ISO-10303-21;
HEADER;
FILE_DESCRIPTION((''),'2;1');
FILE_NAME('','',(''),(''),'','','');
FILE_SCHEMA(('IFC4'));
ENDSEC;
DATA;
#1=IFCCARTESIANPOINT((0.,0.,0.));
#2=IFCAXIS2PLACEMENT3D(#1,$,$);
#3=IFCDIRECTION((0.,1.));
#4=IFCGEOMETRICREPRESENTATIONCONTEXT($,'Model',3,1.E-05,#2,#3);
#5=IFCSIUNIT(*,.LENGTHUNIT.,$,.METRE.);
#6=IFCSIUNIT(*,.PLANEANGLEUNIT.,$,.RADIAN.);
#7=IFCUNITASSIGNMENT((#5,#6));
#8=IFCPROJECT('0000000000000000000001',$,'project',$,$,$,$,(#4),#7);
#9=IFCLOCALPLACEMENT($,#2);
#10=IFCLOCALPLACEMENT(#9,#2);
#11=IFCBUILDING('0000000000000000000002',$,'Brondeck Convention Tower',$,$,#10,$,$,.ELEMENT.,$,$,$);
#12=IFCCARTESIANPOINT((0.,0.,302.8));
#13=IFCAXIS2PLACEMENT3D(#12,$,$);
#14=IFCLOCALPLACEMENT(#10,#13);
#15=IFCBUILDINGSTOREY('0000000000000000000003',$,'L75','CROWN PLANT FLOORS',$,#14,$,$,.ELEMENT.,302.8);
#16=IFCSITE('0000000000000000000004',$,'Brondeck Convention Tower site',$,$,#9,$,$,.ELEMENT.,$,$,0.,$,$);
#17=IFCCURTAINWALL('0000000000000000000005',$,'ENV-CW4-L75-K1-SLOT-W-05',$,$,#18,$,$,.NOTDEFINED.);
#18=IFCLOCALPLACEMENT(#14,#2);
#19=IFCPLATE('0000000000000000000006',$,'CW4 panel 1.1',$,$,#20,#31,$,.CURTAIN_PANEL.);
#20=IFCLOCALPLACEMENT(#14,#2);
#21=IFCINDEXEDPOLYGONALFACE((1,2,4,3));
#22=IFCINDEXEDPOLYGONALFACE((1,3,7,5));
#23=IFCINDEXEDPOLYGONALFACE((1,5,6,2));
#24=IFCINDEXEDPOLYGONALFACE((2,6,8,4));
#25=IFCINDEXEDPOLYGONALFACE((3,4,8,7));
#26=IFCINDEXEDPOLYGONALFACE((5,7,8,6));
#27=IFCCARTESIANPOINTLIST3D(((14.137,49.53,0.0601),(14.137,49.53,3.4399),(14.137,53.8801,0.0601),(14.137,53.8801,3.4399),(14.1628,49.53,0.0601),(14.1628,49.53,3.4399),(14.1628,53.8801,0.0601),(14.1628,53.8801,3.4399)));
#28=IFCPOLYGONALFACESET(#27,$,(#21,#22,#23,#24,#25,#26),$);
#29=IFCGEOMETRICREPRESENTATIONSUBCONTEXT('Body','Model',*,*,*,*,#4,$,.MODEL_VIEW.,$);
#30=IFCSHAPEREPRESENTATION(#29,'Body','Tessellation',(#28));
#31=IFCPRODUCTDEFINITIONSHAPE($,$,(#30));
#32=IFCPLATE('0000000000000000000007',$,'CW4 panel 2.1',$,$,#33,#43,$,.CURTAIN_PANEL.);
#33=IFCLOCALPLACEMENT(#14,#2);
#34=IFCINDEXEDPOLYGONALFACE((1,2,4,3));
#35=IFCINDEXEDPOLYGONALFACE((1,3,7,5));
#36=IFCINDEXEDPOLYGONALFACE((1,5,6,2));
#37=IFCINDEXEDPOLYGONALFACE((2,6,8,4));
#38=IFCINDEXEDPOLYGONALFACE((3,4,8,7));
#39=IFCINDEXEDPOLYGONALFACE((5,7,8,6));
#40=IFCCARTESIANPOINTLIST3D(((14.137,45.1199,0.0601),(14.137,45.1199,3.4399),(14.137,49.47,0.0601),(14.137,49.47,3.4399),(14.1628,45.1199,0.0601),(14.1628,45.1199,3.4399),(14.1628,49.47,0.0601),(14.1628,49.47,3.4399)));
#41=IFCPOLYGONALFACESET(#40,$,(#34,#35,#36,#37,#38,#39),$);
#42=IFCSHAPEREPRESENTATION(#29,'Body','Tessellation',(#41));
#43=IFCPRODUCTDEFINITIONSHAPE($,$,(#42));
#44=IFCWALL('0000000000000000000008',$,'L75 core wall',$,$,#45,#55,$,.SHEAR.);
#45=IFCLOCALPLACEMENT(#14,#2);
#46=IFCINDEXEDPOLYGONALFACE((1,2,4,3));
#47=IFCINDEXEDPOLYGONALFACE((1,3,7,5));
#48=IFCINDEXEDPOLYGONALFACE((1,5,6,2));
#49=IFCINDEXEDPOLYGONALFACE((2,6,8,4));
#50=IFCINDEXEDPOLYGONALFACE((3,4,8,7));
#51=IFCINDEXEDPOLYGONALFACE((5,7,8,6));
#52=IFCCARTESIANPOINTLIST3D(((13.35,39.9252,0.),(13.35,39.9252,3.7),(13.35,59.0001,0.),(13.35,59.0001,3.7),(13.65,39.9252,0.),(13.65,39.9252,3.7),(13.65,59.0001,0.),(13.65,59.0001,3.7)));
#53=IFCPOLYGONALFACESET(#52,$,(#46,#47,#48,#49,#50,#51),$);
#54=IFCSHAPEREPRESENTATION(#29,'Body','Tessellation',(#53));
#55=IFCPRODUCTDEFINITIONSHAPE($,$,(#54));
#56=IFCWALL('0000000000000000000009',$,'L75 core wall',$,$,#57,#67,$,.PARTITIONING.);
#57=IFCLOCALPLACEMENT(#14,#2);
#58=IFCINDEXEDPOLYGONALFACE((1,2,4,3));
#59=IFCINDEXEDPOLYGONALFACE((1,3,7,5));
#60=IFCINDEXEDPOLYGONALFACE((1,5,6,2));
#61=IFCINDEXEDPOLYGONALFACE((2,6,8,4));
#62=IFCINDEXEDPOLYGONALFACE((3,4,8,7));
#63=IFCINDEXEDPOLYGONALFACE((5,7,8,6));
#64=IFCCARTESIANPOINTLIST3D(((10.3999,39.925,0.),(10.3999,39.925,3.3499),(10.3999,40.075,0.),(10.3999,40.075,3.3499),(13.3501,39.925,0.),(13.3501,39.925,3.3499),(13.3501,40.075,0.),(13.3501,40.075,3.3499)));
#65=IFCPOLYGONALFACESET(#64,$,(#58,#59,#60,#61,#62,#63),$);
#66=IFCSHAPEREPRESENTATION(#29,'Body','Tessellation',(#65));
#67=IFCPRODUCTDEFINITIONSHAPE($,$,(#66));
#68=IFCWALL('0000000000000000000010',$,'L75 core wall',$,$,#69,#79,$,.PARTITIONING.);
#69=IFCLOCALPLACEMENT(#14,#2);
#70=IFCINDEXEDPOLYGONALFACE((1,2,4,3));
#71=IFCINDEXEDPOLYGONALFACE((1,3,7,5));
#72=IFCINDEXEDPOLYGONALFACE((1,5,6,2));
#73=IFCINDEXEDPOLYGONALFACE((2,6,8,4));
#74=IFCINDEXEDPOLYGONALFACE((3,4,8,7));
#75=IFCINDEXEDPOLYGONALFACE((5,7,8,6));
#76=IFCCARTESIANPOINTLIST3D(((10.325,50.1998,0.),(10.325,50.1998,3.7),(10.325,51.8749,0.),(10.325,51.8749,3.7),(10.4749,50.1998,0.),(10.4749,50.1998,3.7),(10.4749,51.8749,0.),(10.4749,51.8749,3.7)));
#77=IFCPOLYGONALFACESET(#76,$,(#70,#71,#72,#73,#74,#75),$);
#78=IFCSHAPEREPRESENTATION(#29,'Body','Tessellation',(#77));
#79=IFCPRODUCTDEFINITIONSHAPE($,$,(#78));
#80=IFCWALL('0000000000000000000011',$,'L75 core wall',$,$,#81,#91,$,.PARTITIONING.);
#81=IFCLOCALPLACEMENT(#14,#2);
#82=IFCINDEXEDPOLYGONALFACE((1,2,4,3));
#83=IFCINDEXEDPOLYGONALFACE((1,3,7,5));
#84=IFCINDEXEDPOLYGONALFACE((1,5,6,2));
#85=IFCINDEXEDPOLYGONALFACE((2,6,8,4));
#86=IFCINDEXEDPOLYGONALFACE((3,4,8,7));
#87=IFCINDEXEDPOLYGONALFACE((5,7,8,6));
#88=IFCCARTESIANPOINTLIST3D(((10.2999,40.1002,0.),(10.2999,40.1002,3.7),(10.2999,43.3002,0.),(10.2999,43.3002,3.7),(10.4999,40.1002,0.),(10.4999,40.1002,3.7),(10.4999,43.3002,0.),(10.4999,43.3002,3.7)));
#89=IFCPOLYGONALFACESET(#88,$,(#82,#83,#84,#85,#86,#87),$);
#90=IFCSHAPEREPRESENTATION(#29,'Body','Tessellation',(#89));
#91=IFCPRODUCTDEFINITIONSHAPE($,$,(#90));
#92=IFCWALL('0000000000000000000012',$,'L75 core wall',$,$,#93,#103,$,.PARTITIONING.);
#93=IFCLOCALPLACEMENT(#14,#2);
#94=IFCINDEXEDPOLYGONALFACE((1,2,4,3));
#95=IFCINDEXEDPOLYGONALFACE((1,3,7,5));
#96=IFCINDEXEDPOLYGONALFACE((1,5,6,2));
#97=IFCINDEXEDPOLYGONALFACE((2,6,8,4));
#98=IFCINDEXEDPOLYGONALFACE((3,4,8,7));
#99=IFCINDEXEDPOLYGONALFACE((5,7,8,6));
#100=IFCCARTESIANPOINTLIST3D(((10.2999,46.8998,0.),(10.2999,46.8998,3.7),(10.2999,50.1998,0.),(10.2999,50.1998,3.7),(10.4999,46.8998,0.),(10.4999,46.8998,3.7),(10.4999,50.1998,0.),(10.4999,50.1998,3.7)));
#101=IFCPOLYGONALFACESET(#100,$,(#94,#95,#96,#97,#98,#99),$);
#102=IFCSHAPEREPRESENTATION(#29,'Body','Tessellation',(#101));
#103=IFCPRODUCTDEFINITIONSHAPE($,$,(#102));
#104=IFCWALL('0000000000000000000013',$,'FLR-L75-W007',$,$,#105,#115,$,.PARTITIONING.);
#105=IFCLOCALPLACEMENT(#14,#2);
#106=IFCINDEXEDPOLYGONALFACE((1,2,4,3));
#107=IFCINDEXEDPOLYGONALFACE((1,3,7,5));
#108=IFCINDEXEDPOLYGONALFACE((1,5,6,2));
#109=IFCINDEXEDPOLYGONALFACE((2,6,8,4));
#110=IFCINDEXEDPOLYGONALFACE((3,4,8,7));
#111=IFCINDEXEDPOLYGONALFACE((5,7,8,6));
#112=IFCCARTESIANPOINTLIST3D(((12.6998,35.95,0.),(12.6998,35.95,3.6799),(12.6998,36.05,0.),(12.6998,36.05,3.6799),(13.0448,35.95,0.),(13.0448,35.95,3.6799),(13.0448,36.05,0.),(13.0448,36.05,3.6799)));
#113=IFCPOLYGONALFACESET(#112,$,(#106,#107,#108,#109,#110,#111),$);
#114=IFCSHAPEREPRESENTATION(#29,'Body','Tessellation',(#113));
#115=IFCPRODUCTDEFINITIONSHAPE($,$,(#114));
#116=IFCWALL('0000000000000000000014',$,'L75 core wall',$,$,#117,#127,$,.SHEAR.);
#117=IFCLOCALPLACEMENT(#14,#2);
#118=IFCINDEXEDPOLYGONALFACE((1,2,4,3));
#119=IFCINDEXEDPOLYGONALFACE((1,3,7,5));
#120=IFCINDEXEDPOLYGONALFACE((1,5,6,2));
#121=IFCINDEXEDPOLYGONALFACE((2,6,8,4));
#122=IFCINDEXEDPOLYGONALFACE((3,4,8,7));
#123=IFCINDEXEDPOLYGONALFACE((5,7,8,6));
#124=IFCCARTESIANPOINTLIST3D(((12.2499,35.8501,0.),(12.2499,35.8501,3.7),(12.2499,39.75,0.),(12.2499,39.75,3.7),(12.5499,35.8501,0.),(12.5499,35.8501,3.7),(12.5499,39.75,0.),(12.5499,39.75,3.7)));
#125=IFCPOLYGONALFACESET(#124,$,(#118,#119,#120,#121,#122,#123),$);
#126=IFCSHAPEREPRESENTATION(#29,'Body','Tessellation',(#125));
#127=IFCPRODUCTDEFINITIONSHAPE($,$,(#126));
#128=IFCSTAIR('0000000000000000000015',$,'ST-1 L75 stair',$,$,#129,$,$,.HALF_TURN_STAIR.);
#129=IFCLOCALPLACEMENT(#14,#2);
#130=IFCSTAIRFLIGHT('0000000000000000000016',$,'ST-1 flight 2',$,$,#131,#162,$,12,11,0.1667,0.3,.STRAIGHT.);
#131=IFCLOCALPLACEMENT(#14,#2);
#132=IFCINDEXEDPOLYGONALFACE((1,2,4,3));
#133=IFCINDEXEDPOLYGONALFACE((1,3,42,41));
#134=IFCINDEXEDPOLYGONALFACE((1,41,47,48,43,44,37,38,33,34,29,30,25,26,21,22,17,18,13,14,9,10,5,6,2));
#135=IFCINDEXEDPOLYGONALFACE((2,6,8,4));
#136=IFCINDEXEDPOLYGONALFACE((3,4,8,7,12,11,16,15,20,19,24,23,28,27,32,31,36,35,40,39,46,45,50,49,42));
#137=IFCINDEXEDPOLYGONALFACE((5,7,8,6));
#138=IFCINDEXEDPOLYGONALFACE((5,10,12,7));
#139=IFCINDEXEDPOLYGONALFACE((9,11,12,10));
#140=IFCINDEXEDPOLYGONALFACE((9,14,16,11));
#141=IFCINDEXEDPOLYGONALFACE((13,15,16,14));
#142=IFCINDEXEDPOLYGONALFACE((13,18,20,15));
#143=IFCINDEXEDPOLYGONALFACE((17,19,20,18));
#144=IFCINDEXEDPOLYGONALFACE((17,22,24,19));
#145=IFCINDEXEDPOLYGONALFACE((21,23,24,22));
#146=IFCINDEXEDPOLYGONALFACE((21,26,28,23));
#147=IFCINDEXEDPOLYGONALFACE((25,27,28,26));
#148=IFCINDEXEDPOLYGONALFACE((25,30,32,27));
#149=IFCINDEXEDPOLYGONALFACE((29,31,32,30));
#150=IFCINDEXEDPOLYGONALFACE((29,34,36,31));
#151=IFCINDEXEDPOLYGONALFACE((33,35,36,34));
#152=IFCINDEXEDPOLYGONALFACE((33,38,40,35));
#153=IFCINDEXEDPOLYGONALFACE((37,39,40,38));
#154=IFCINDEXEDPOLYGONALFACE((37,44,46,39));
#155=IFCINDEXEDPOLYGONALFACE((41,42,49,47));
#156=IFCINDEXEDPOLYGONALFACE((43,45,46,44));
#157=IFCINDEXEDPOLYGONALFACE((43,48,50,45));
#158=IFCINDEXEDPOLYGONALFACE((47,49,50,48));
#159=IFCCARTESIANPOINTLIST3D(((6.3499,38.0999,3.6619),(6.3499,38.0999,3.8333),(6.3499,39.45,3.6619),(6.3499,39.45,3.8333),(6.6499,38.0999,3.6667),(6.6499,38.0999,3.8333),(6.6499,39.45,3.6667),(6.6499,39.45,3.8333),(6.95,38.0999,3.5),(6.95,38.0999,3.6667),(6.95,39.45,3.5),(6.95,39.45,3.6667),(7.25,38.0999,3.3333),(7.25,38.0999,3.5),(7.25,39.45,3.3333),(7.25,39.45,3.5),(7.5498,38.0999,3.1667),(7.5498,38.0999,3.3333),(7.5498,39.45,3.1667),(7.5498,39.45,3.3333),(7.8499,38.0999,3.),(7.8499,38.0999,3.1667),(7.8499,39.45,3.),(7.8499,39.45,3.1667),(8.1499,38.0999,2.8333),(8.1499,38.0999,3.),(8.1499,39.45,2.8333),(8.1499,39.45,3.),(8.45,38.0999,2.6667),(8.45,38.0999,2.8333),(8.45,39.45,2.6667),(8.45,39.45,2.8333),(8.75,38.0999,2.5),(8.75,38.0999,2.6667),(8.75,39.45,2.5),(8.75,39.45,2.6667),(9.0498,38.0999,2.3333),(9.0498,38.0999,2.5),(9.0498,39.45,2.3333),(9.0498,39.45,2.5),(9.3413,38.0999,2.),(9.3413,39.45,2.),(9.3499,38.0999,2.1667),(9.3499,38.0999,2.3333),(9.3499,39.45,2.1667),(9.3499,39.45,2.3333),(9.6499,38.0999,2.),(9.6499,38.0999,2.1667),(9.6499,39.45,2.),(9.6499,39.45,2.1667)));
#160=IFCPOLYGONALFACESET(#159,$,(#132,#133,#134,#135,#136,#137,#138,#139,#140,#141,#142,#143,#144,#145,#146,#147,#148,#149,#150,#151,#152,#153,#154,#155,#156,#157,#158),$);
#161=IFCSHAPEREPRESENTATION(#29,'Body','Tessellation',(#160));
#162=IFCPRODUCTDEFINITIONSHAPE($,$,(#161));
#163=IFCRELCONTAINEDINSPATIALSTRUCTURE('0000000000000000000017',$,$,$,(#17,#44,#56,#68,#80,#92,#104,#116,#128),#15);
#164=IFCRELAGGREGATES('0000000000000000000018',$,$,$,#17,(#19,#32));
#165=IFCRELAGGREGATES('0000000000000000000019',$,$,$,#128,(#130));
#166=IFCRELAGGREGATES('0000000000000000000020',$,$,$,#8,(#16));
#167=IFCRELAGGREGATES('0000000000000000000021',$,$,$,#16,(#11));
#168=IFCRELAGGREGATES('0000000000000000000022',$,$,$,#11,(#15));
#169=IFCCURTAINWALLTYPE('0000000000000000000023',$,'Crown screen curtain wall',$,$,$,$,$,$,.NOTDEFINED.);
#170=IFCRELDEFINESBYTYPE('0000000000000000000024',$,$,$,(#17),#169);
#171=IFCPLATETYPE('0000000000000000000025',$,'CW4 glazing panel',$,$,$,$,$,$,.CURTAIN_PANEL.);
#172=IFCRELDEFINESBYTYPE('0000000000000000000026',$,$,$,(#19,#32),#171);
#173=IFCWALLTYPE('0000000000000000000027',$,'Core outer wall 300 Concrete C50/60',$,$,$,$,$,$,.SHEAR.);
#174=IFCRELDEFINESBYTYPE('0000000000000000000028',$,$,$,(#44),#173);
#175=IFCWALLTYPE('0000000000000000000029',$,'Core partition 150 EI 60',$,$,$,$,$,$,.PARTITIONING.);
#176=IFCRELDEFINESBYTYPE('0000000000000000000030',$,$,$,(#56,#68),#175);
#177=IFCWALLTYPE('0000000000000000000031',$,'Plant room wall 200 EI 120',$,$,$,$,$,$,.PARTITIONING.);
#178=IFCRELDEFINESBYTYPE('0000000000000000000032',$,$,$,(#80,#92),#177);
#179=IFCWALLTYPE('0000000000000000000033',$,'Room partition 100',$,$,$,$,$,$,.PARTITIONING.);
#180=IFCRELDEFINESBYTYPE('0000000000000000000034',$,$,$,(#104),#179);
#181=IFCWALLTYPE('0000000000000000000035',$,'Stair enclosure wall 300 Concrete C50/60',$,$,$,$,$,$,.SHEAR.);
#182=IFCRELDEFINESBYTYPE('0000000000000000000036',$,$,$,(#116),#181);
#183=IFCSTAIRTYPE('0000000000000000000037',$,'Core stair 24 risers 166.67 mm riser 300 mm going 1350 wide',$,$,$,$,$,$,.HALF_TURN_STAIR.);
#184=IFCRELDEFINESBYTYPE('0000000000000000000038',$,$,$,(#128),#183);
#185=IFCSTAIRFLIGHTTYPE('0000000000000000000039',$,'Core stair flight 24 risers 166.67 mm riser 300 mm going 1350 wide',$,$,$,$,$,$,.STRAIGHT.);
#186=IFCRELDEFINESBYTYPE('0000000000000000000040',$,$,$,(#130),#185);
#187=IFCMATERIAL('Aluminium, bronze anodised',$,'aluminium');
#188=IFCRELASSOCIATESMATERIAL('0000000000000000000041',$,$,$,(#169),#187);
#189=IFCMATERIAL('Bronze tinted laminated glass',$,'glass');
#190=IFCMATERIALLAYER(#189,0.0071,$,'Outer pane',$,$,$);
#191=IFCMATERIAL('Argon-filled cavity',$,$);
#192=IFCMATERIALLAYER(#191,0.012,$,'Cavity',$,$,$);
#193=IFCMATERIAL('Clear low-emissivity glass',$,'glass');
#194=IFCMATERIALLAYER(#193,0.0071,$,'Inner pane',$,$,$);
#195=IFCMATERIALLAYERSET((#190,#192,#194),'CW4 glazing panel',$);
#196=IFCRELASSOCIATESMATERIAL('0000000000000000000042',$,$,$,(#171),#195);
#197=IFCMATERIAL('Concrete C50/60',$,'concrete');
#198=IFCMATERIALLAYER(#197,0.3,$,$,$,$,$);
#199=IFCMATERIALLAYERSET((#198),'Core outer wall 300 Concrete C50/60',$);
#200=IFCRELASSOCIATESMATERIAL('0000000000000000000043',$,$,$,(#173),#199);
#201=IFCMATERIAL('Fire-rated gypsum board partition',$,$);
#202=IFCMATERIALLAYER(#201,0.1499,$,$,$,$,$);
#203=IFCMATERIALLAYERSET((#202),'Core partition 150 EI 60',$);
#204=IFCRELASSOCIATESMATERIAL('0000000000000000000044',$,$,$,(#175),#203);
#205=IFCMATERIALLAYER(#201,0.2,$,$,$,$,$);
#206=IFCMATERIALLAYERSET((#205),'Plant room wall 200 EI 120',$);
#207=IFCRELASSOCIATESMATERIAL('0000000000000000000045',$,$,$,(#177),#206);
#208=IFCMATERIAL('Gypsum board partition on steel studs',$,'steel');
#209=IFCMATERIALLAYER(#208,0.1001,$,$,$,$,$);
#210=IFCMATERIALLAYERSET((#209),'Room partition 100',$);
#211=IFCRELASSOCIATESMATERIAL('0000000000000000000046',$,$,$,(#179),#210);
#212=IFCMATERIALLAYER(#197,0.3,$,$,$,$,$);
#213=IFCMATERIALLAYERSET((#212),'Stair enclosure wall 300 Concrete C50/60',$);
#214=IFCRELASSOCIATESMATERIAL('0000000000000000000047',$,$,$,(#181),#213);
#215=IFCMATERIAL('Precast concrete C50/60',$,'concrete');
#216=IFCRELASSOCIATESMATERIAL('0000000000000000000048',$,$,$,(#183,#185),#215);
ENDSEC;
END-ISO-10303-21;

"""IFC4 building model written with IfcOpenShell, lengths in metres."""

from ifc_helpers import new_model, si_unit, direction, frame, frame_2d, origin, origin_2d, place, context, subcontext, project, spatial, polyline, rectangle, outline, extrude, material, layer, layer_set, type_object, element, aggregate, save


model = new_model("IFC4")

# Units and contexts
model_context = context("Model", 3, precision=1e-05, world=origin(), true_north=direction((0.0, 1.0)))
body_context = subcontext(model_context, "Body", "Model", "MODEL_VIEW")
ifc_project = project(units=[si_unit("LENGTHUNIT", "METRE"), si_unit("PLANEANGLEUNIT", "RADIAN")], contexts=[model_context])

# Site, building, storey
site_placement = place(None, origin())
site = spatial("IfcSite", under=ifc_project, at=site_placement, Name="Brondeck Convention Tower site", CompositionType="ELEMENT", RefElevation=0.0)
building_placement = place(site_placement, origin())
building = spatial("IfcBuilding", under=site, at=building_placement, Name="Brondeck Convention Tower", CompositionType="ELEMENT")
storey_placement = place(building_placement, frame((0.0, 0.0, 302.8)))
storey = spatial("IfcBuildingStorey", under=building, at=storey_placement, Name="L75", Description="CROWN PLANT FLOORS", CompositionType="ELEMENT", Elevation=302.8)

# Shared definitions
ifc_material_1 = material(Name="Concrete C50/60", Category="concrete")

# Shared definitions
ifc_material_2 = material(Name="Aluminium, bronze anodised", Category="aluminium")
curtain_wall_type = type_object("IfcCurtainWallType", Name="Crown screen curtain wall", PredefinedType="NOTDEFINED", material=ifc_material_2)

# Curtain wall
curtain_wall_1_placement = place(storey_placement, origin())
curtain_wall_1 = element("IfcCurtainWall", 1, at=curtain_wall_1_placement, inside=storey, type_object=curtain_wall_type, Name="ENV-CW4-L75-K1-SLOT-W-05", PredefinedType="NOTDEFINED")

# Plates
ifc_material_3 = material(Name="Bronze tinted laminated glass", Category="glass")
ifc_layer_1 = layer(ifc_material_3, 0.0071, Name="Outer pane")
ifc_material_4 = material(Name="Argon-filled cavity")
ifc_layer_2 = layer(ifc_material_4, 0.012, Name="Cavity")
ifc_material_5 = material(Name="Clear low-emissivity glass", Category="glass")
ifc_layer_3 = layer(ifc_material_5, 0.0071, Name="Inner pane")
ifc_layer_set_1 = layer_set([ifc_layer_1, ifc_layer_2, ifc_layer_3], Name="CW4 glazing panel")
plate_type = type_object("IfcPlateType", Name="CW4 glazing panel", PredefinedType="CURTAIN_PANEL", material=ifc_layer_set_1)
plate_1_placement = place(storey_placement, frame((14.1499, 51.7051, 0.0601), z_axis=(0.0, 0.0, 1.0), x_axis=(0.0, -1.0, 0.0)))
plate_1 = element("IfcPlate", 2, at=plate_1_placement, type_object=plate_type, Name="CW4 panel 1.1", PredefinedType="CURTAIN_PANEL", context=body_context, shape_type="SweptSolid", body=[
    extrude(rectangle(XDim=4.3501, YDim=0.0259, at=origin_2d()), origin(), (0.0, 0.0, 1.0), 3.3799),
])
plate_2_placement = place(storey_placement, frame((14.1499, 47.2949, 0.0601), z_axis=(0.0, 0.0, 1.0), x_axis=(0.0, -1.0, 0.0)))
plate_2 = element("IfcPlate", 3, at=plate_2_placement, type_object=plate_type, Name="CW4 panel 2.1", PredefinedType="CURTAIN_PANEL", context=body_context, shape_type="SweptSolid", body=[
    extrude(rectangle(XDim=4.3501, YDim=0.0259, at=origin_2d()), origin(), (0.0, 0.0, 1.0), 3.3799),
])
aggregate(curtain_wall_1, [plate_1, plate_2])

# Walls
ifc_layer_4 = layer(ifc_material_1, 0.3)
ifc_layer_set_2 = layer_set([ifc_layer_4], Name="Core outer wall 300 Concrete C50/60")
wall_type_1 = type_object("IfcWallType", Name="Core outer wall 300 Concrete C50/60", PredefinedType="SHEAR", material=ifc_layer_set_2)
wall_1_placement = place(storey_placement, frame((13.5, 39.925, 0.0), z_axis=(0.0, 0.0, 1.0), x_axis=(0.0, 1.0, 0.0)))
element("IfcWall", 4, at=wall_1_placement, inside=storey, type_object=wall_type_1, Name="L75 core wall", PredefinedType="SHEAR", context=body_context, shape_type="SweptSolid", body=[
    extrude(rectangle(XDim=19.075, YDim=0.3, at=frame_2d((9.5376, 0.0))), origin(), (0.0, 0.0, 1.0), 3.7),
])
ifc_material_6 = material(Name="Fire-rated gypsum board partition")
ifc_layer_5 = layer(ifc_material_6, 0.1499)
ifc_layer_set_3 = layer_set([ifc_layer_5], Name="Core partition 150 EI 60")
wall_type_2 = type_object("IfcWallType", Name="Core partition 150 EI 60", PredefinedType="PARTITIONING", material=ifc_layer_set_3)
wall_2_placement = place(storey_placement, frame((10.3999, 40.0, 0.0), z_axis=(0.0, 0.0, 1.0), x_axis=(1.0, 0.0, 0.0)))
element("IfcWall", 5, at=wall_2_placement, inside=storey, type_object=wall_type_2, Name="L75 core wall", PredefinedType="PARTITIONING", context=body_context, shape_type="SweptSolid", body=[
    extrude(rectangle(XDim=2.9502, YDim=0.1499, at=frame_2d((1.4751, 0.0))), origin(), (0.0, 0.0, 1.0), 3.3499),
])
wall_3_placement = place(storey_placement, frame((10.3999, 50.2, 0.0), z_axis=(0.0, 0.0, 1.0), x_axis=(0.0, 1.0, 0.0)))
element("IfcWall", 6, at=wall_3_placement, inside=storey, type_object=wall_type_2, Name="L75 core wall", PredefinedType="PARTITIONING", context=body_context, shape_type="SweptSolid", body=[
    extrude(rectangle(XDim=1.675, YDim=0.1499, at=frame_2d((0.8374, 0.0))), origin(), (0.0, 0.0, 1.0), 3.7),
])
ifc_layer_6 = layer(ifc_material_6, 0.2)
ifc_layer_set_4 = layer_set([ifc_layer_6], Name="Plant room wall 200 EI 120")
wall_type_3 = type_object("IfcWallType", Name="Plant room wall 200 EI 120", PredefinedType="PARTITIONING", material=ifc_layer_set_4)
wall_4_placement = place(storey_placement, frame((10.3999, 40.1001, 0.0), z_axis=(0.0, 0.0, 1.0), x_axis=(0.0, 1.0, 0.0)))
element("IfcWall", 7, at=wall_4_placement, inside=storey, type_object=wall_type_3, Name="L75 core wall", PredefinedType="PARTITIONING", context=body_context, shape_type="SweptSolid", body=[
    extrude(rectangle(XDim=3.2, YDim=0.2, at=frame_2d((1.6001, 0.0))), origin(), (0.0, 0.0, 1.0), 3.7),
])
wall_5_placement = place(storey_placement, frame((10.3999, 46.8999, 0.0), z_axis=(0.0, 0.0, 1.0), x_axis=(0.0, 1.0, 0.0)))
element("IfcWall", 8, at=wall_5_placement, inside=storey, type_object=wall_type_3, Name="L75 core wall", PredefinedType="PARTITIONING", context=body_context, shape_type="SweptSolid", body=[
    extrude(rectangle(XDim=3.3, YDim=0.2, at=frame_2d((1.6499, 0.0))), origin(), (0.0, 0.0, 1.0), 3.7),
])
ifc_material_7 = material(Name="Gypsum board partition on steel studs", Category="steel")
ifc_layer_7 = layer(ifc_material_7, 0.1001)
ifc_layer_set_5 = layer_set([ifc_layer_7], Name="Room partition 100")
wall_type_4 = type_object("IfcWallType", Name="Room partition 100", PredefinedType="PARTITIONING", material=ifc_layer_set_5)
wall_6_placement = place(storey_placement, frame((12.7, 36.0, 0.0), z_axis=(0.0, 0.0, 1.0), x_axis=(1.0, 0.0, 0.0)))
element("IfcWall", 9, at=wall_6_placement, inside=storey, type_object=wall_type_4, Name="FLR-L75-W007", PredefinedType="PARTITIONING", context=body_context, shape_type="SweptSolid", body=[
    extrude(rectangle(XDim=0.345, YDim=0.1001, at=frame_2d((0.1724, 0.0))), origin(), (0.0, 0.0, 1.0), 3.6799),
])
ifc_layer_8 = layer(ifc_material_1, 0.3)
ifc_layer_set_6 = layer_set([ifc_layer_8], Name="Stair enclosure wall 300 Concrete C50/60")
wall_type_5 = type_object("IfcWallType", Name="Stair enclosure wall 300 Concrete C50/60", PredefinedType="SHEAR", material=ifc_layer_set_6)
wall_7_placement = place(storey_placement, frame((12.3999, 35.8501, 0.0), z_axis=(0.0, 0.0, 1.0), x_axis=(0.0, 1.0, 0.0)))
element("IfcWall", 10, at=wall_7_placement, inside=storey, type_object=wall_type_5, Name="L75 core wall", PredefinedType="SHEAR", context=body_context, shape_type="SweptSolid", body=[
    extrude(rectangle(XDim=3.8999, YDim=0.3, at=frame_2d((1.95, 0.0))), origin(), (0.0, 0.0, 1.0), 3.7),
])

# Stair, stair flight
ifc_material_8 = material(Name="Precast concrete C50/60", Category="concrete")
stair_type = type_object("IfcStairType", Name="Core stair 24 risers 166.67 mm riser 300 mm going 1350 wide", PredefinedType="HALF_TURN_STAIR", material=ifc_material_8)
stair_placement = place(storey_placement, origin())
stair = element("IfcStair", 11, at=stair_placement, inside=storey, type_object=stair_type, Name="ST-1 L75 stair", PredefinedType="HALF_TURN_STAIR")
stair_flight_type = type_object("IfcStairFlightType", Name="Core stair flight 24 risers 166.67 mm riser 300 mm going 1350 wide", PredefinedType="STRAIGHT", material=ifc_material_8)
stair_flight_placement = place(storey_placement, frame((9.6499, 38.7749, 2.0), z_axis=(0.0, 0.0, 1.0), x_axis=(-1.0, 0.0, 0.0)))
stair_flight = element("IfcStairFlight", 12, at=stair_flight_placement, type_object=stair_flight_type, Name="ST-1 flight 2", NumberOfRisers=12, NumberOfTreads=11, PredefinedType="STRAIGHT", RiserHeight=0.1667, TreadLength=0.3, context=body_context, shape_type="SweptSolid", body=[
    extrude(outline(polyline([(0.0, 0.0), (0.0, 0.1667), (0.3, 0.1667), (0.3, 0.3333), (0.6001, 0.3333), (0.6001, 0.5), (0.8999, 0.5), (0.8999, 0.6667), (1.2, 0.6667), (1.2, 0.8333), (1.5, 0.8333), (1.5, 1.0), (1.8, 1.0), (1.8, 1.1667), (2.1001, 1.1667), (2.1001, 1.3333), (2.3999, 1.3333), (2.3999, 1.5), (2.7, 1.5), (2.7, 1.6667), (3.0, 1.6667), (3.0, 1.8333), (3.3, 1.8333), (3.3, 2.0), (3.3, 1.6619), (0.3086, 0.0), (0.0, 0.0)])), frame((0.0, 0.675, 0.0), z_axis=(0.0, -1.0, 0.0), x_axis=(1.0, 0.0, 0.0)), (0.0, 0.0, 1.0), 1.3501),
])
aggregate(stair, [stair_flight])

save(model, "model.ifc")
